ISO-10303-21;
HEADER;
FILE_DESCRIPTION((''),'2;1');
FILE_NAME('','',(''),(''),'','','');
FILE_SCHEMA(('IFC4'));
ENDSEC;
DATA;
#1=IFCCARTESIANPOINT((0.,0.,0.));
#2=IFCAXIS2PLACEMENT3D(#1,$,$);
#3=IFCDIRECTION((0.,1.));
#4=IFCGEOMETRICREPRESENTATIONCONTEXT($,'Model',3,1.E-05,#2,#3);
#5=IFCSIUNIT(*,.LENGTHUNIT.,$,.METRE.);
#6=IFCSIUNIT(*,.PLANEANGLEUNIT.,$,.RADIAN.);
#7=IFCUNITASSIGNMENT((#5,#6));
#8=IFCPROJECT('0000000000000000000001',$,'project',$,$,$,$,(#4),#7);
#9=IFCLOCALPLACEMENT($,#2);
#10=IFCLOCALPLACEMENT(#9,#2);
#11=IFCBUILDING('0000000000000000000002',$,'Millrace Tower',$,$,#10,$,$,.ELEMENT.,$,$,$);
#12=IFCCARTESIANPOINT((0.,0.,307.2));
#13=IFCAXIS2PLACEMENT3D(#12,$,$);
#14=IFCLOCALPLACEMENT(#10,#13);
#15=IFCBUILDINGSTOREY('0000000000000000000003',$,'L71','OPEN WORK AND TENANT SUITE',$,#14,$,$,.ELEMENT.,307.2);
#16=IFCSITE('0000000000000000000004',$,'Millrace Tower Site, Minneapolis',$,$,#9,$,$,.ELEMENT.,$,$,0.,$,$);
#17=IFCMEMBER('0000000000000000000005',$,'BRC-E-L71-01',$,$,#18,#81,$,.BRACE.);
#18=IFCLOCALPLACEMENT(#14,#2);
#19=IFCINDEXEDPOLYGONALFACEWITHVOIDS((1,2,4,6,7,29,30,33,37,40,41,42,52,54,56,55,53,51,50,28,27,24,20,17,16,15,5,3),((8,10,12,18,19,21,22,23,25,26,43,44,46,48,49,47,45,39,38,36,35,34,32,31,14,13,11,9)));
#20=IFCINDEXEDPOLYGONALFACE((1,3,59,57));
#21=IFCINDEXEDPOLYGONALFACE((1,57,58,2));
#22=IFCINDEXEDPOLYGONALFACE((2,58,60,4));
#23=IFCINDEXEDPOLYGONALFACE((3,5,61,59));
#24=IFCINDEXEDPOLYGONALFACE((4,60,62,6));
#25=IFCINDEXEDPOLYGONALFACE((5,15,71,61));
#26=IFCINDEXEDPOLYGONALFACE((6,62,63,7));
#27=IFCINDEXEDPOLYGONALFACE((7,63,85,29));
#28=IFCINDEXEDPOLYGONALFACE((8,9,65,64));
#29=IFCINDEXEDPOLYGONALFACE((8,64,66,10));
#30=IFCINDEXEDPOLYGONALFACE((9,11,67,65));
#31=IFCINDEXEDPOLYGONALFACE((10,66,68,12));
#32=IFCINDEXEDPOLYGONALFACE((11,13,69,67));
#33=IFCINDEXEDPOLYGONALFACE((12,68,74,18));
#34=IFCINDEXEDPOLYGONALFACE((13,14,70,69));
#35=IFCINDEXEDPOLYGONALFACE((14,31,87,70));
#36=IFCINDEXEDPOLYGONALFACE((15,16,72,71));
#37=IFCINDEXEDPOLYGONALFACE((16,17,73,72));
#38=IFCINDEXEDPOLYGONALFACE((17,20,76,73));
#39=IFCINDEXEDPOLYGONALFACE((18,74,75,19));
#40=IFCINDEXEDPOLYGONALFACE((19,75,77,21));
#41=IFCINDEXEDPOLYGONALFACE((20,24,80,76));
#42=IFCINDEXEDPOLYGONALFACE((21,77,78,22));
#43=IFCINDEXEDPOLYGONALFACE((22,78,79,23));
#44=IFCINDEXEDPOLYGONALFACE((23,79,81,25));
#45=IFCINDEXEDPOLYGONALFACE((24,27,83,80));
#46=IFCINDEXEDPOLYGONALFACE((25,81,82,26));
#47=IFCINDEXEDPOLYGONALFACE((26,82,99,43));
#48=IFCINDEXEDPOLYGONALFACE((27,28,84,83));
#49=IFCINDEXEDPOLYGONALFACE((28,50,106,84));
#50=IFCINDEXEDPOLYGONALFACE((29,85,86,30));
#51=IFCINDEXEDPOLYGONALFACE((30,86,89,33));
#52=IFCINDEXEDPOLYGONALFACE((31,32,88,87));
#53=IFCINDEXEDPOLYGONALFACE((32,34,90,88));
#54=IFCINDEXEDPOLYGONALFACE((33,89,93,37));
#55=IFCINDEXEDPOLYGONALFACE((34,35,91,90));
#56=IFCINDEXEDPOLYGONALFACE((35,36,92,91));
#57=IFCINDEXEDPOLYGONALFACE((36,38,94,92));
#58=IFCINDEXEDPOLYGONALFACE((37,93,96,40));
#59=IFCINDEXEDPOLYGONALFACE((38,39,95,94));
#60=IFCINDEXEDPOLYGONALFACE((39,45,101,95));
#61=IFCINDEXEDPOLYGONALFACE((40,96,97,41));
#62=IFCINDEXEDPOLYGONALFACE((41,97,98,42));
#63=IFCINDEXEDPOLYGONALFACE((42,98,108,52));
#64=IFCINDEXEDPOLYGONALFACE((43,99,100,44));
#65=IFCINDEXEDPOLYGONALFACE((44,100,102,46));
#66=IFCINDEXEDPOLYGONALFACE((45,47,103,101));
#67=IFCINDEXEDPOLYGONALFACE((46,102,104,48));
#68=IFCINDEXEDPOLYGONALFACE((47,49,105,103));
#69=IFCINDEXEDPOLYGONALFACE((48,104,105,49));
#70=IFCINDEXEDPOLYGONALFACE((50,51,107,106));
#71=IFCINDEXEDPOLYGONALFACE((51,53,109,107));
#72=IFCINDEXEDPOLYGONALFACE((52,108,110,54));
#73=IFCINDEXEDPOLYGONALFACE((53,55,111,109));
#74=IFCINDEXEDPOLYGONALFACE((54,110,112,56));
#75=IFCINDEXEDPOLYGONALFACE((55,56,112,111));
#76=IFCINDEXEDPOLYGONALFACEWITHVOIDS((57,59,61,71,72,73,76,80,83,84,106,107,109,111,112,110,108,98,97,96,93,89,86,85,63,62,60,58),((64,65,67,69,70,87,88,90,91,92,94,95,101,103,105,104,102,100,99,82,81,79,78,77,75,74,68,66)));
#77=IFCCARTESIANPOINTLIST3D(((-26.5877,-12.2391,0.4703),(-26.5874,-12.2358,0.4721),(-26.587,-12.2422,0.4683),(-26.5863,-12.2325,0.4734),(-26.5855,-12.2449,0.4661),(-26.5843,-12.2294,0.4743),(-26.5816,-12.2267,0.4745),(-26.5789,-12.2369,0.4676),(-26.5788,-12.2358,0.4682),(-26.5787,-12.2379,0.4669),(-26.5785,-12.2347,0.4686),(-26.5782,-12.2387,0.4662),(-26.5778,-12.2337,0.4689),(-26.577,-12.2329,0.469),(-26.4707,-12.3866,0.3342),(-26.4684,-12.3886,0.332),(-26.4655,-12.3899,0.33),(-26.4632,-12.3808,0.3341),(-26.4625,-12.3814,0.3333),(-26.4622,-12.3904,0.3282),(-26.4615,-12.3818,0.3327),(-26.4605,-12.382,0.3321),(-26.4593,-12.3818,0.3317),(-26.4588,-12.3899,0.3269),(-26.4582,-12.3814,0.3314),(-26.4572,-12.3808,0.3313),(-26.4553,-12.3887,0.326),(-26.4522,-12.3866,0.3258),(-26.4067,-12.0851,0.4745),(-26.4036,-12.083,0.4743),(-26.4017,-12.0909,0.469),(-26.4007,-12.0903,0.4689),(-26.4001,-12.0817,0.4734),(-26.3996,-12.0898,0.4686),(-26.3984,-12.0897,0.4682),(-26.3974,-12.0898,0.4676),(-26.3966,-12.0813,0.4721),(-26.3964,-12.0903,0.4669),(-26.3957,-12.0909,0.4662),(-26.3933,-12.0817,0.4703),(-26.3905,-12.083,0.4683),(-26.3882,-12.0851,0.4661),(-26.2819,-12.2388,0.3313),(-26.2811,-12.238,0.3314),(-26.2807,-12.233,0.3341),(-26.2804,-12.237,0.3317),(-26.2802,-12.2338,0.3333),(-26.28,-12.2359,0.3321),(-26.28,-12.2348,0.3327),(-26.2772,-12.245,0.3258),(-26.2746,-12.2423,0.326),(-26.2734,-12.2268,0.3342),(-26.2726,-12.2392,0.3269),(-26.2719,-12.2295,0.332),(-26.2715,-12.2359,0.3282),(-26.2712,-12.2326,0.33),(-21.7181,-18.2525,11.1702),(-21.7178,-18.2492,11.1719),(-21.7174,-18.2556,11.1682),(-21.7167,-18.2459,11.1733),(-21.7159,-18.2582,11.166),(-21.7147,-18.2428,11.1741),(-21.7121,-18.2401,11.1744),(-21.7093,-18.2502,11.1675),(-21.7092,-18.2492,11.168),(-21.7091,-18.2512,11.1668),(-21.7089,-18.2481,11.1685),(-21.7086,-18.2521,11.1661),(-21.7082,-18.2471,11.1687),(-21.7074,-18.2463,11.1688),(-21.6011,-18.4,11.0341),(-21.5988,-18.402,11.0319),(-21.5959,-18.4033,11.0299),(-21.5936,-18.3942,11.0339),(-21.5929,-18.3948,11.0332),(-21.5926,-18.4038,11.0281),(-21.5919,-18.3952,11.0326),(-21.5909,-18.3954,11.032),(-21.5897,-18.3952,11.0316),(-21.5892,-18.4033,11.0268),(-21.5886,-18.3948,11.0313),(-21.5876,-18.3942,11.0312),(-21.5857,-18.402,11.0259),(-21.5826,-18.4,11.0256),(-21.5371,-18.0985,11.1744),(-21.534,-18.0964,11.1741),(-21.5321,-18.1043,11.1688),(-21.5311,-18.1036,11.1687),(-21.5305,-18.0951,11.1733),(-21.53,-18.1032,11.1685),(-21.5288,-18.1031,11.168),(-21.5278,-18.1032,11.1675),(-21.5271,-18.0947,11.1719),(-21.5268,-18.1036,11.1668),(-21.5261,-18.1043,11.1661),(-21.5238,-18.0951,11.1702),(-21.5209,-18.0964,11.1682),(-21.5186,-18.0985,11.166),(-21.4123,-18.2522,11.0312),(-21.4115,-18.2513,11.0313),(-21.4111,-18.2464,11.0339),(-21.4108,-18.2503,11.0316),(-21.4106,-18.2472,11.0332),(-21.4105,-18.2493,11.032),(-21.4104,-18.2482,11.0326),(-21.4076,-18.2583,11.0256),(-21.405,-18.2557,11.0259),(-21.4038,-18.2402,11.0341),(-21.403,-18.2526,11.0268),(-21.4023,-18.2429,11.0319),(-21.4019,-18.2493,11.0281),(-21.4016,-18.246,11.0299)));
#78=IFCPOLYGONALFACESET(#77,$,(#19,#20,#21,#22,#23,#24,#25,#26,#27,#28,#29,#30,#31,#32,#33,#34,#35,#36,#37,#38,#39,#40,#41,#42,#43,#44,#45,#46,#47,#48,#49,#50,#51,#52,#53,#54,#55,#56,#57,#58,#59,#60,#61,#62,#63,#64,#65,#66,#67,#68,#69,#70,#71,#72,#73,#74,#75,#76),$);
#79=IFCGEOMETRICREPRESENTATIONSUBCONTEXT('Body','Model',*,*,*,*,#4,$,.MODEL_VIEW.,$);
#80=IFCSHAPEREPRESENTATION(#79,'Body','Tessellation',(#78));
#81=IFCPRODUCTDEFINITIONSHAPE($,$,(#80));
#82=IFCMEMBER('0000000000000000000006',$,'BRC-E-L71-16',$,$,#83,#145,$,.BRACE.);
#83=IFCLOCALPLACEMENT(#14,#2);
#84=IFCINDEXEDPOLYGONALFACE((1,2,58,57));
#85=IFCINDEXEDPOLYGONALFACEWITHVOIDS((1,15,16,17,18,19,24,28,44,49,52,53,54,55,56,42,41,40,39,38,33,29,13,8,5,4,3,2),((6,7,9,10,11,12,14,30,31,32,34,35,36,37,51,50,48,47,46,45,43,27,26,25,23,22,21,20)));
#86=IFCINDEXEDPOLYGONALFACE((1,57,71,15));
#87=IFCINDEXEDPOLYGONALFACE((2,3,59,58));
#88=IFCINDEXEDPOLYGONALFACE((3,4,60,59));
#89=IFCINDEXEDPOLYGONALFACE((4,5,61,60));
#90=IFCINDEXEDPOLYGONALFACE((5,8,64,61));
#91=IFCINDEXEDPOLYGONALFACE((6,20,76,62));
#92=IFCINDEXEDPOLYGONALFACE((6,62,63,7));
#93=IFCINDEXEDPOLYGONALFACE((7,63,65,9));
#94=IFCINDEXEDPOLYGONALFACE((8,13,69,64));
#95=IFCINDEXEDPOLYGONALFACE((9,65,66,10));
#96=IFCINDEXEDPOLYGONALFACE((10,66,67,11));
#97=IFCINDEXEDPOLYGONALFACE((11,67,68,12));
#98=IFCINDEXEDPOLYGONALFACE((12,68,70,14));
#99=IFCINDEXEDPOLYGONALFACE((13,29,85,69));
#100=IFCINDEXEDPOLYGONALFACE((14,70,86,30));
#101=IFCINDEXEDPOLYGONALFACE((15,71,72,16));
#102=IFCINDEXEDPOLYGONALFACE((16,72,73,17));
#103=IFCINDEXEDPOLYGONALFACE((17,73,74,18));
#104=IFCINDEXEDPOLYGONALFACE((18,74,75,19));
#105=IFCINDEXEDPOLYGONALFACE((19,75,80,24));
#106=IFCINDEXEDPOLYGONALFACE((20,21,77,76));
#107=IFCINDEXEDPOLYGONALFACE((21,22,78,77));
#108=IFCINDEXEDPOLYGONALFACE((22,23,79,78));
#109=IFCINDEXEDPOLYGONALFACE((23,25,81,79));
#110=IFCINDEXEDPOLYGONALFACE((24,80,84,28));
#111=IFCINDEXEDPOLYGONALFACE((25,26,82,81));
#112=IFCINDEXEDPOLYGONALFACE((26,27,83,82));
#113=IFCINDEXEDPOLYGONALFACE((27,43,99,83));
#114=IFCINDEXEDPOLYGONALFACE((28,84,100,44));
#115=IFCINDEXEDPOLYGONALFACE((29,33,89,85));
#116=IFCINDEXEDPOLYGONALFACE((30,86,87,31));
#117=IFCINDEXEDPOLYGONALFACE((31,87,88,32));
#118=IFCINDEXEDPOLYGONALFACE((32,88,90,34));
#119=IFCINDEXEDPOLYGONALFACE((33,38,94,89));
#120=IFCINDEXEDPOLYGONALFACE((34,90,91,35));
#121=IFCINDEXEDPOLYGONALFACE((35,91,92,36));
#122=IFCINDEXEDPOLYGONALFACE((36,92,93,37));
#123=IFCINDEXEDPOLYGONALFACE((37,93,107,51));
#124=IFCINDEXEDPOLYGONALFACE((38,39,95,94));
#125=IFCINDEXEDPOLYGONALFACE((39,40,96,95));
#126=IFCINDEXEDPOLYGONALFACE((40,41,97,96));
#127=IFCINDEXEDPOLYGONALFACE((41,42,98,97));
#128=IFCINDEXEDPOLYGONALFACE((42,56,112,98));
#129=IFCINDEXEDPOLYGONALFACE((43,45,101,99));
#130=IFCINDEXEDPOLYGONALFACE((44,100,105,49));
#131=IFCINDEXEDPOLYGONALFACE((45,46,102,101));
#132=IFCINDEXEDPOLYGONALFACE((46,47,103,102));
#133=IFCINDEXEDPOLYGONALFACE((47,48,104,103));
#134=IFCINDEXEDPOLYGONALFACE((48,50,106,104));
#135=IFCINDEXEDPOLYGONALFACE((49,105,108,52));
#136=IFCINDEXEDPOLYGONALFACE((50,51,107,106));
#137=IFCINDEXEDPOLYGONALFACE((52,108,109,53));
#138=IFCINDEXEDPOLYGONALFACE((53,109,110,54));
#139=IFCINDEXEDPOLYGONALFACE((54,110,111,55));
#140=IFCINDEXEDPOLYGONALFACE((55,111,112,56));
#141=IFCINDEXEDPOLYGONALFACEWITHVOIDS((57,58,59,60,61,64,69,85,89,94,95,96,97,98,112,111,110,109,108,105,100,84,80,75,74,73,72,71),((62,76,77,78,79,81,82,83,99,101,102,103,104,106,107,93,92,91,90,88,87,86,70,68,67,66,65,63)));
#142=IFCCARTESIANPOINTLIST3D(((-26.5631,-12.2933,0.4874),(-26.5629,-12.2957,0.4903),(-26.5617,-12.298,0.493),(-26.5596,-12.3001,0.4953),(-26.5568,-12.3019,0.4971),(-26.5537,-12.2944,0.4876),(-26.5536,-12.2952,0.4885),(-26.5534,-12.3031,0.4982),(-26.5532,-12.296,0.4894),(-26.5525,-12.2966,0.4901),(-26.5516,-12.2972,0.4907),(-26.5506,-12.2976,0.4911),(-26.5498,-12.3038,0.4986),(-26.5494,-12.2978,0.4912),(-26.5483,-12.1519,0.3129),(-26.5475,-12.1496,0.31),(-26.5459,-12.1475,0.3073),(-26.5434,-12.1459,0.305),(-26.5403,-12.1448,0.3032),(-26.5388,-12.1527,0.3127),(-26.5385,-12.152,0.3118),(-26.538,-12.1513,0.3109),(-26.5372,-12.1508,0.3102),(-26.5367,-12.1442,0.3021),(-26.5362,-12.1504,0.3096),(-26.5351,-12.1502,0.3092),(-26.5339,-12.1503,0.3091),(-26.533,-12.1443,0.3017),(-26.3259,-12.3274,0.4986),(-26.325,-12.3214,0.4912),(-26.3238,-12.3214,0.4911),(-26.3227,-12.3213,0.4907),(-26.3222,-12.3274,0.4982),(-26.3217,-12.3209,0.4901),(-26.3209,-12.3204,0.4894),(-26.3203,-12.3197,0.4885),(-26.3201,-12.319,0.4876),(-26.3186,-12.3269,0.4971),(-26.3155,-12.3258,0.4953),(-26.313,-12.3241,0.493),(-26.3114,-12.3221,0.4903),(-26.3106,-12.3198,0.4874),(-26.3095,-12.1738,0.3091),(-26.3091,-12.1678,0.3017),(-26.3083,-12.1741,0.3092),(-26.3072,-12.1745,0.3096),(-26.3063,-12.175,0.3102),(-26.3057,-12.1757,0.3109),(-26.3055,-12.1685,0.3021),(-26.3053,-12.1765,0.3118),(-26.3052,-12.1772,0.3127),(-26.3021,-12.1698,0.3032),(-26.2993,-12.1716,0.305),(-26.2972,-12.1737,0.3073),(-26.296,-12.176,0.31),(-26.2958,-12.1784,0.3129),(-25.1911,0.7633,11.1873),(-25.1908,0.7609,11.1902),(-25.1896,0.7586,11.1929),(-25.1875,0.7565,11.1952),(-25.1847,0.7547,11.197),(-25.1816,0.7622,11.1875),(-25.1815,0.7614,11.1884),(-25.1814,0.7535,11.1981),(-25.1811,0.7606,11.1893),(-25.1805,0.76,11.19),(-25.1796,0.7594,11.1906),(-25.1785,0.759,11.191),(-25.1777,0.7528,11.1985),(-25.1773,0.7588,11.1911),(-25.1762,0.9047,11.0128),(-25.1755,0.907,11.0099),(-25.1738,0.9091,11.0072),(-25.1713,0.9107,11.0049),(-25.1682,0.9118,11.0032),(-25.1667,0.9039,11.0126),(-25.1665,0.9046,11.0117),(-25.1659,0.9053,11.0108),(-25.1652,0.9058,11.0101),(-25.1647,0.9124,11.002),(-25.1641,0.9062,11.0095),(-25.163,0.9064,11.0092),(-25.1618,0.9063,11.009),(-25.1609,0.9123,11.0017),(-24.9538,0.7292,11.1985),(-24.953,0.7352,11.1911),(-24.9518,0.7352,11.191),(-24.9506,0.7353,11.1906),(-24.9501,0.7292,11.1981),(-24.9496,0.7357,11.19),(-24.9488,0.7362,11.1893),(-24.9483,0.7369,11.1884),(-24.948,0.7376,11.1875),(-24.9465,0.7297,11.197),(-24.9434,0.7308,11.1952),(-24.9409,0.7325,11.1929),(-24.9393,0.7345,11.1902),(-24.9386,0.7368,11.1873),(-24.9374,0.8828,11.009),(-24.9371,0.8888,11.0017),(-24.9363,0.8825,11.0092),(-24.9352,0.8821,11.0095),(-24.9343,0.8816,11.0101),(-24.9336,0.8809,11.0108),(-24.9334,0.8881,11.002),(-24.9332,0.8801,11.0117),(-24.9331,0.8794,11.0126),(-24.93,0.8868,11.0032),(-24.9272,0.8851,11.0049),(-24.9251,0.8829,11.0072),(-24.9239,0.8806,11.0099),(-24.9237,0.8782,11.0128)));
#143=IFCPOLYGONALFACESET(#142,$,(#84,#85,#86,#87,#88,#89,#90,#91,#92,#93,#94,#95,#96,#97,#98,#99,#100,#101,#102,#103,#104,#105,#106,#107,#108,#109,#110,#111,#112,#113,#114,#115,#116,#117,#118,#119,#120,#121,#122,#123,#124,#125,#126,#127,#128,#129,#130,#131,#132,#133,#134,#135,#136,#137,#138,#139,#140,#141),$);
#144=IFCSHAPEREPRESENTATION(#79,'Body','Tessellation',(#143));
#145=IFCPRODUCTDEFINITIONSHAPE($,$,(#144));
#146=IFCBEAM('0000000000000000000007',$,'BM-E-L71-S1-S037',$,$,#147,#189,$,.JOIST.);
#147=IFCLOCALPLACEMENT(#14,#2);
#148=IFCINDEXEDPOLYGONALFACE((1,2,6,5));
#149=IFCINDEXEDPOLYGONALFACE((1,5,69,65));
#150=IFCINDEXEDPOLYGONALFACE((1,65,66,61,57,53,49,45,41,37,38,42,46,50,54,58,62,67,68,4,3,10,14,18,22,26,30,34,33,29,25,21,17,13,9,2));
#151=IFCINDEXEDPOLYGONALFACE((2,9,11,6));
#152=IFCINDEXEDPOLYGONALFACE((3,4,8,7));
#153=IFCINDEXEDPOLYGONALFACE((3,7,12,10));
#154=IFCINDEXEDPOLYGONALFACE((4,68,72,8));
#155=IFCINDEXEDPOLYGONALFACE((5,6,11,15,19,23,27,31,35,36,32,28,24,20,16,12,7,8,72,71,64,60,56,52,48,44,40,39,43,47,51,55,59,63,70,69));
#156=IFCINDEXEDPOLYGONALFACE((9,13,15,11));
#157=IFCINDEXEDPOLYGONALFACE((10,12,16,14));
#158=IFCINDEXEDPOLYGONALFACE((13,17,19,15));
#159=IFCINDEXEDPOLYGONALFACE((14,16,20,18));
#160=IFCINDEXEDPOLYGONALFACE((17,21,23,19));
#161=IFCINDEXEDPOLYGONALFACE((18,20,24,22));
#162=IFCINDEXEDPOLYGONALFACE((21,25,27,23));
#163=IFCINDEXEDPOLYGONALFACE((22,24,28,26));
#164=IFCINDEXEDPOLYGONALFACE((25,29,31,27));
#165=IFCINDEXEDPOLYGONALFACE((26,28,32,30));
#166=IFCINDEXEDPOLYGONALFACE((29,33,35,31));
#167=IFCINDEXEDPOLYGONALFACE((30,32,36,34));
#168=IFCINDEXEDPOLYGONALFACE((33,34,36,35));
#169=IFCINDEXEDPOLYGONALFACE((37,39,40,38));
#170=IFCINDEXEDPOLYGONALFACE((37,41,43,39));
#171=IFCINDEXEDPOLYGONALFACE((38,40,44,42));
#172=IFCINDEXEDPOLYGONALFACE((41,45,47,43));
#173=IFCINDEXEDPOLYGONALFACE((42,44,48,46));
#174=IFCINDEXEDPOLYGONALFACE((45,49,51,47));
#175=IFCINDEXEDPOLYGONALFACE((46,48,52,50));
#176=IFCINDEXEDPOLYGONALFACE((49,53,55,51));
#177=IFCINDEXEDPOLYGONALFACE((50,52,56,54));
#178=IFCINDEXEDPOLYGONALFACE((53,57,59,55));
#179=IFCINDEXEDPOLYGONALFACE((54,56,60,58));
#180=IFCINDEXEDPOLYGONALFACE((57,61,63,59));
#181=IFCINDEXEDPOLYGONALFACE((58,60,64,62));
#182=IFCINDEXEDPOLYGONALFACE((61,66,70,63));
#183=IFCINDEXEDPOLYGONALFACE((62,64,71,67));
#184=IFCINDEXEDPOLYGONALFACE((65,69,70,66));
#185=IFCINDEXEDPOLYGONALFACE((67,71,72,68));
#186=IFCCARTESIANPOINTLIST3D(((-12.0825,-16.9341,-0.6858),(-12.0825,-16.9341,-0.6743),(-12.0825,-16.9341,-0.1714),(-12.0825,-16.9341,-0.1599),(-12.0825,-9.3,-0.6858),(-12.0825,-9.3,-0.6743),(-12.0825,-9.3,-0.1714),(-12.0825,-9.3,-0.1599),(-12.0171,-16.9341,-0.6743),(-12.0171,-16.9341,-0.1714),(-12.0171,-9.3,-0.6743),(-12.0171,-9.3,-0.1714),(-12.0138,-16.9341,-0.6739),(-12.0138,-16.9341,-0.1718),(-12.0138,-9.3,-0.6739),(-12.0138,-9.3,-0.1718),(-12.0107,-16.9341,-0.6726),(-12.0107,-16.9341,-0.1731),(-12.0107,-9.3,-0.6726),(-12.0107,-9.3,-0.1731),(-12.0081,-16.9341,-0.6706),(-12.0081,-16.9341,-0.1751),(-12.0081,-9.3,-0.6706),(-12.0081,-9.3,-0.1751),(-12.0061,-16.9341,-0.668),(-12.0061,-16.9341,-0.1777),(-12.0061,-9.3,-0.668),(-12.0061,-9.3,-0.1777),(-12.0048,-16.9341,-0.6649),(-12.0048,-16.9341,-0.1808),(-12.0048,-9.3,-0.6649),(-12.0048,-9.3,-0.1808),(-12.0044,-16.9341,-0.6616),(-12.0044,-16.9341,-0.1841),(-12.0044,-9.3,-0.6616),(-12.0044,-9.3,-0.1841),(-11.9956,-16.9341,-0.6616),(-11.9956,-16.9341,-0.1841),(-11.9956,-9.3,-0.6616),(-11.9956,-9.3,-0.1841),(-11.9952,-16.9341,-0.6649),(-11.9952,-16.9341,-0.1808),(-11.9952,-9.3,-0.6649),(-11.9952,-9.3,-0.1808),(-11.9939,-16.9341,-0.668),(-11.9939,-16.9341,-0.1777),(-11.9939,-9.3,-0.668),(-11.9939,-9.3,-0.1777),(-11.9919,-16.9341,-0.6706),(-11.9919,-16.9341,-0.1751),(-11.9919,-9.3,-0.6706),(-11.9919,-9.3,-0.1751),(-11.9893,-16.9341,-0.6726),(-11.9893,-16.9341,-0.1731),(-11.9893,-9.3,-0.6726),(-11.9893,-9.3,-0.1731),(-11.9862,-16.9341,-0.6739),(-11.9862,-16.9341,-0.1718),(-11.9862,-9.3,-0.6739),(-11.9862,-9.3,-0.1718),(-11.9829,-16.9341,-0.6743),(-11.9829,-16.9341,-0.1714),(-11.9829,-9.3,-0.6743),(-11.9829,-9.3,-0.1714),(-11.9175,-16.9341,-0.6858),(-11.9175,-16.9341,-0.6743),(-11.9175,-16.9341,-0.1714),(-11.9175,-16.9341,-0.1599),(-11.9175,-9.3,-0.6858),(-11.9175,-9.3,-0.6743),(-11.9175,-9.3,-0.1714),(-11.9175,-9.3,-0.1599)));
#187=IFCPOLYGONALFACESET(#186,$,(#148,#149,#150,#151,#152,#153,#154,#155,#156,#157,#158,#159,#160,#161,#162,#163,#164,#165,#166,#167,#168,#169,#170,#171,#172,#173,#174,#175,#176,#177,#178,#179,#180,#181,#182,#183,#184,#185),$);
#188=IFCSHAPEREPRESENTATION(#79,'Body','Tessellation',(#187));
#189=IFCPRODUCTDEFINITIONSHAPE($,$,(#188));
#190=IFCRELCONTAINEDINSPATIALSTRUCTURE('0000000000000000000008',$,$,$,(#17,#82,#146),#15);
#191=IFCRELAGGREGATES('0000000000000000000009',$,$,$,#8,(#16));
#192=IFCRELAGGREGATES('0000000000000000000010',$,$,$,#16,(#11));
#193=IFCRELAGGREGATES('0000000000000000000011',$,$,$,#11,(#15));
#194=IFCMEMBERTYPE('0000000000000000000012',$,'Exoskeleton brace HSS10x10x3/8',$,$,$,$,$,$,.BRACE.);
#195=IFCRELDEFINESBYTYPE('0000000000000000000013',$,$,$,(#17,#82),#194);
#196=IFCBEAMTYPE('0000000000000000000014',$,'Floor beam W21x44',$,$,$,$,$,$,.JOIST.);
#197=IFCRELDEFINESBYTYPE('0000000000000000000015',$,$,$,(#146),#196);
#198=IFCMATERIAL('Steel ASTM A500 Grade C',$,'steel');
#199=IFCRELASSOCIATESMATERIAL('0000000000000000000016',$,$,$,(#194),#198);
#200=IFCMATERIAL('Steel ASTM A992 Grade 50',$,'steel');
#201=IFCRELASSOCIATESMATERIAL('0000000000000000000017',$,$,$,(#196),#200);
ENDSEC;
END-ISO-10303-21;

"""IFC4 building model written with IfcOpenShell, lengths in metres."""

from ifc_helpers import new_model, si_unit, direction, frame, origin, origin_2d, place, context, subcontext, project, spatial, hollow_rectangle, i_section, extrude, material, material_profile, profile_set, type_object, element, save


model = new_model("IFC4")

# Units and contexts
model_context = context("Model", 3, precision=1e-05, world=origin(), true_north=direction((0.0, 1.0)))
body_context = subcontext(model_context, "Body", "Model", "MODEL_VIEW")
ifc_project = project(units=[si_unit("LENGTHUNIT", "METRE"), si_unit("PLANEANGLEUNIT", "RADIAN")], contexts=[model_context])

# Site, building, storey
site_placement = place(None, origin())
site = spatial("IfcSite", under=ifc_project, at=site_placement, Name="Millrace Tower Site, Minneapolis", CompositionType="ELEMENT", RefElevation=0.0)
building_placement = place(site_placement, origin())
building = spatial("IfcBuilding", under=site, at=building_placement, Name="Millrace Tower", CompositionType="ELEMENT")
storey_placement = place(building_placement, frame((0.0, 0.0, 307.2)))
storey = spatial("IfcBuildingStorey", under=building, at=storey_placement, Name="L71", Description="OPEN WORK AND TENANT SUITE", CompositionType="ELEMENT", Elevation=307.2)

# Members
ifc_material_1 = material(Name="Steel ASTM A500 Grade C", Category="steel")
ifc_material_profile_1 = material_profile(ifc_material_1, hollow_rectangle(XDim=0.2539, YDim=0.2539, WallThickness=0.0095, InnerFilletRadius=0.0046, OuterFilletRadius=0.0144, at=origin_2d()))
ifc_profile_set_1 = profile_set([ifc_material_profile_1], Name="Steel ASTM A500 Grade C")
member_type_1 = type_object("IfcMemberType", Name="Exoskeleton brace HSS10x10x3/8", PredefinedType="BRACE", material=ifc_profile_set_1)
member_1_placement = place(storey_placement, frame((-26.4294, -12.2358, 0.4001), z_axis=(0.368781, -0.455401, 0.810315), x_axis=(0.777143, 0.629324, 0.0)))
element("IfcMember", 1, at=member_1_placement, inside=storey, type_object=member_type_1, Name="BRC-E-L71-01", PredefinedType="BRACE", context=body_context, shape_type="SweptSolid", body=[
    extrude(hollow_rectangle(XDim=0.2539, YDim=0.2539, WallThickness=0.0095, InnerFilletRadius=0.0046, OuterFilletRadius=0.0144, at=origin_2d()), origin(), (0.0, 0.0, 1.0), 13.2046),
])
member_2_placement = place(storey_placement, frame((-26.4294, -12.2358, 0.4001), z_axis=(0.081012, 0.770914, 0.631766), x_axis=(-0.994524, 0.104511, 0.0)))
element("IfcMember", 2, at=member_2_placement, inside=storey, type_object=member_type_1, Name="BRC-E-L71-16", PredefinedType="BRACE", context=body_context, shape_type="SweptSolid", body=[
    extrude(hollow_rectangle(XDim=0.2539, YDim=0.2539, WallThickness=0.0095, InnerFilletRadius=0.0046, OuterFilletRadius=0.0144, at=origin_2d()), origin(), (0.0, 0.0, 1.0), 16.9365),
])

# Beam
ifc_material_2 = material(Name="Steel ASTM A992 Grade 50", Category="steel")
ifc_material_profile_2 = material_profile(ifc_material_2, i_section(OverallWidth=0.165, OverallDepth=0.5259, WebThickness=0.0088, FlangeThickness=0.0115, FilletRadius=0.0127, at=origin_2d()))
ifc_profile_set_2 = profile_set([ifc_material_profile_2], Name="Steel ASTM A992 Grade 50")
beam_type_1 = type_object("IfcBeamType", Name="Floor beam W21x44", PredefinedType="JOIST", material=ifc_profile_set_2)
beam_1_placement = place(storey_placement, frame((-12.0, -16.9341, -0.4229), z_axis=(0.0, 1.0, 0.0), x_axis=(-1.0, 0.0, 0.0)))
element("IfcBeam", 3, at=beam_1_placement, inside=storey, type_object=beam_type_1, Name="BM-E-L71-S1-S037", PredefinedType="JOIST", context=body_context, shape_type="SweptSolid", body=[
    extrude(i_section(OverallWidth=0.165, OverallDepth=0.5259, WebThickness=0.0088, FlangeThickness=0.0115, FilletRadius=0.0127, at=origin_2d()), origin(), (0.0, 0.0, 1.0), 7.634),
])

save(model, "model.ifc")
